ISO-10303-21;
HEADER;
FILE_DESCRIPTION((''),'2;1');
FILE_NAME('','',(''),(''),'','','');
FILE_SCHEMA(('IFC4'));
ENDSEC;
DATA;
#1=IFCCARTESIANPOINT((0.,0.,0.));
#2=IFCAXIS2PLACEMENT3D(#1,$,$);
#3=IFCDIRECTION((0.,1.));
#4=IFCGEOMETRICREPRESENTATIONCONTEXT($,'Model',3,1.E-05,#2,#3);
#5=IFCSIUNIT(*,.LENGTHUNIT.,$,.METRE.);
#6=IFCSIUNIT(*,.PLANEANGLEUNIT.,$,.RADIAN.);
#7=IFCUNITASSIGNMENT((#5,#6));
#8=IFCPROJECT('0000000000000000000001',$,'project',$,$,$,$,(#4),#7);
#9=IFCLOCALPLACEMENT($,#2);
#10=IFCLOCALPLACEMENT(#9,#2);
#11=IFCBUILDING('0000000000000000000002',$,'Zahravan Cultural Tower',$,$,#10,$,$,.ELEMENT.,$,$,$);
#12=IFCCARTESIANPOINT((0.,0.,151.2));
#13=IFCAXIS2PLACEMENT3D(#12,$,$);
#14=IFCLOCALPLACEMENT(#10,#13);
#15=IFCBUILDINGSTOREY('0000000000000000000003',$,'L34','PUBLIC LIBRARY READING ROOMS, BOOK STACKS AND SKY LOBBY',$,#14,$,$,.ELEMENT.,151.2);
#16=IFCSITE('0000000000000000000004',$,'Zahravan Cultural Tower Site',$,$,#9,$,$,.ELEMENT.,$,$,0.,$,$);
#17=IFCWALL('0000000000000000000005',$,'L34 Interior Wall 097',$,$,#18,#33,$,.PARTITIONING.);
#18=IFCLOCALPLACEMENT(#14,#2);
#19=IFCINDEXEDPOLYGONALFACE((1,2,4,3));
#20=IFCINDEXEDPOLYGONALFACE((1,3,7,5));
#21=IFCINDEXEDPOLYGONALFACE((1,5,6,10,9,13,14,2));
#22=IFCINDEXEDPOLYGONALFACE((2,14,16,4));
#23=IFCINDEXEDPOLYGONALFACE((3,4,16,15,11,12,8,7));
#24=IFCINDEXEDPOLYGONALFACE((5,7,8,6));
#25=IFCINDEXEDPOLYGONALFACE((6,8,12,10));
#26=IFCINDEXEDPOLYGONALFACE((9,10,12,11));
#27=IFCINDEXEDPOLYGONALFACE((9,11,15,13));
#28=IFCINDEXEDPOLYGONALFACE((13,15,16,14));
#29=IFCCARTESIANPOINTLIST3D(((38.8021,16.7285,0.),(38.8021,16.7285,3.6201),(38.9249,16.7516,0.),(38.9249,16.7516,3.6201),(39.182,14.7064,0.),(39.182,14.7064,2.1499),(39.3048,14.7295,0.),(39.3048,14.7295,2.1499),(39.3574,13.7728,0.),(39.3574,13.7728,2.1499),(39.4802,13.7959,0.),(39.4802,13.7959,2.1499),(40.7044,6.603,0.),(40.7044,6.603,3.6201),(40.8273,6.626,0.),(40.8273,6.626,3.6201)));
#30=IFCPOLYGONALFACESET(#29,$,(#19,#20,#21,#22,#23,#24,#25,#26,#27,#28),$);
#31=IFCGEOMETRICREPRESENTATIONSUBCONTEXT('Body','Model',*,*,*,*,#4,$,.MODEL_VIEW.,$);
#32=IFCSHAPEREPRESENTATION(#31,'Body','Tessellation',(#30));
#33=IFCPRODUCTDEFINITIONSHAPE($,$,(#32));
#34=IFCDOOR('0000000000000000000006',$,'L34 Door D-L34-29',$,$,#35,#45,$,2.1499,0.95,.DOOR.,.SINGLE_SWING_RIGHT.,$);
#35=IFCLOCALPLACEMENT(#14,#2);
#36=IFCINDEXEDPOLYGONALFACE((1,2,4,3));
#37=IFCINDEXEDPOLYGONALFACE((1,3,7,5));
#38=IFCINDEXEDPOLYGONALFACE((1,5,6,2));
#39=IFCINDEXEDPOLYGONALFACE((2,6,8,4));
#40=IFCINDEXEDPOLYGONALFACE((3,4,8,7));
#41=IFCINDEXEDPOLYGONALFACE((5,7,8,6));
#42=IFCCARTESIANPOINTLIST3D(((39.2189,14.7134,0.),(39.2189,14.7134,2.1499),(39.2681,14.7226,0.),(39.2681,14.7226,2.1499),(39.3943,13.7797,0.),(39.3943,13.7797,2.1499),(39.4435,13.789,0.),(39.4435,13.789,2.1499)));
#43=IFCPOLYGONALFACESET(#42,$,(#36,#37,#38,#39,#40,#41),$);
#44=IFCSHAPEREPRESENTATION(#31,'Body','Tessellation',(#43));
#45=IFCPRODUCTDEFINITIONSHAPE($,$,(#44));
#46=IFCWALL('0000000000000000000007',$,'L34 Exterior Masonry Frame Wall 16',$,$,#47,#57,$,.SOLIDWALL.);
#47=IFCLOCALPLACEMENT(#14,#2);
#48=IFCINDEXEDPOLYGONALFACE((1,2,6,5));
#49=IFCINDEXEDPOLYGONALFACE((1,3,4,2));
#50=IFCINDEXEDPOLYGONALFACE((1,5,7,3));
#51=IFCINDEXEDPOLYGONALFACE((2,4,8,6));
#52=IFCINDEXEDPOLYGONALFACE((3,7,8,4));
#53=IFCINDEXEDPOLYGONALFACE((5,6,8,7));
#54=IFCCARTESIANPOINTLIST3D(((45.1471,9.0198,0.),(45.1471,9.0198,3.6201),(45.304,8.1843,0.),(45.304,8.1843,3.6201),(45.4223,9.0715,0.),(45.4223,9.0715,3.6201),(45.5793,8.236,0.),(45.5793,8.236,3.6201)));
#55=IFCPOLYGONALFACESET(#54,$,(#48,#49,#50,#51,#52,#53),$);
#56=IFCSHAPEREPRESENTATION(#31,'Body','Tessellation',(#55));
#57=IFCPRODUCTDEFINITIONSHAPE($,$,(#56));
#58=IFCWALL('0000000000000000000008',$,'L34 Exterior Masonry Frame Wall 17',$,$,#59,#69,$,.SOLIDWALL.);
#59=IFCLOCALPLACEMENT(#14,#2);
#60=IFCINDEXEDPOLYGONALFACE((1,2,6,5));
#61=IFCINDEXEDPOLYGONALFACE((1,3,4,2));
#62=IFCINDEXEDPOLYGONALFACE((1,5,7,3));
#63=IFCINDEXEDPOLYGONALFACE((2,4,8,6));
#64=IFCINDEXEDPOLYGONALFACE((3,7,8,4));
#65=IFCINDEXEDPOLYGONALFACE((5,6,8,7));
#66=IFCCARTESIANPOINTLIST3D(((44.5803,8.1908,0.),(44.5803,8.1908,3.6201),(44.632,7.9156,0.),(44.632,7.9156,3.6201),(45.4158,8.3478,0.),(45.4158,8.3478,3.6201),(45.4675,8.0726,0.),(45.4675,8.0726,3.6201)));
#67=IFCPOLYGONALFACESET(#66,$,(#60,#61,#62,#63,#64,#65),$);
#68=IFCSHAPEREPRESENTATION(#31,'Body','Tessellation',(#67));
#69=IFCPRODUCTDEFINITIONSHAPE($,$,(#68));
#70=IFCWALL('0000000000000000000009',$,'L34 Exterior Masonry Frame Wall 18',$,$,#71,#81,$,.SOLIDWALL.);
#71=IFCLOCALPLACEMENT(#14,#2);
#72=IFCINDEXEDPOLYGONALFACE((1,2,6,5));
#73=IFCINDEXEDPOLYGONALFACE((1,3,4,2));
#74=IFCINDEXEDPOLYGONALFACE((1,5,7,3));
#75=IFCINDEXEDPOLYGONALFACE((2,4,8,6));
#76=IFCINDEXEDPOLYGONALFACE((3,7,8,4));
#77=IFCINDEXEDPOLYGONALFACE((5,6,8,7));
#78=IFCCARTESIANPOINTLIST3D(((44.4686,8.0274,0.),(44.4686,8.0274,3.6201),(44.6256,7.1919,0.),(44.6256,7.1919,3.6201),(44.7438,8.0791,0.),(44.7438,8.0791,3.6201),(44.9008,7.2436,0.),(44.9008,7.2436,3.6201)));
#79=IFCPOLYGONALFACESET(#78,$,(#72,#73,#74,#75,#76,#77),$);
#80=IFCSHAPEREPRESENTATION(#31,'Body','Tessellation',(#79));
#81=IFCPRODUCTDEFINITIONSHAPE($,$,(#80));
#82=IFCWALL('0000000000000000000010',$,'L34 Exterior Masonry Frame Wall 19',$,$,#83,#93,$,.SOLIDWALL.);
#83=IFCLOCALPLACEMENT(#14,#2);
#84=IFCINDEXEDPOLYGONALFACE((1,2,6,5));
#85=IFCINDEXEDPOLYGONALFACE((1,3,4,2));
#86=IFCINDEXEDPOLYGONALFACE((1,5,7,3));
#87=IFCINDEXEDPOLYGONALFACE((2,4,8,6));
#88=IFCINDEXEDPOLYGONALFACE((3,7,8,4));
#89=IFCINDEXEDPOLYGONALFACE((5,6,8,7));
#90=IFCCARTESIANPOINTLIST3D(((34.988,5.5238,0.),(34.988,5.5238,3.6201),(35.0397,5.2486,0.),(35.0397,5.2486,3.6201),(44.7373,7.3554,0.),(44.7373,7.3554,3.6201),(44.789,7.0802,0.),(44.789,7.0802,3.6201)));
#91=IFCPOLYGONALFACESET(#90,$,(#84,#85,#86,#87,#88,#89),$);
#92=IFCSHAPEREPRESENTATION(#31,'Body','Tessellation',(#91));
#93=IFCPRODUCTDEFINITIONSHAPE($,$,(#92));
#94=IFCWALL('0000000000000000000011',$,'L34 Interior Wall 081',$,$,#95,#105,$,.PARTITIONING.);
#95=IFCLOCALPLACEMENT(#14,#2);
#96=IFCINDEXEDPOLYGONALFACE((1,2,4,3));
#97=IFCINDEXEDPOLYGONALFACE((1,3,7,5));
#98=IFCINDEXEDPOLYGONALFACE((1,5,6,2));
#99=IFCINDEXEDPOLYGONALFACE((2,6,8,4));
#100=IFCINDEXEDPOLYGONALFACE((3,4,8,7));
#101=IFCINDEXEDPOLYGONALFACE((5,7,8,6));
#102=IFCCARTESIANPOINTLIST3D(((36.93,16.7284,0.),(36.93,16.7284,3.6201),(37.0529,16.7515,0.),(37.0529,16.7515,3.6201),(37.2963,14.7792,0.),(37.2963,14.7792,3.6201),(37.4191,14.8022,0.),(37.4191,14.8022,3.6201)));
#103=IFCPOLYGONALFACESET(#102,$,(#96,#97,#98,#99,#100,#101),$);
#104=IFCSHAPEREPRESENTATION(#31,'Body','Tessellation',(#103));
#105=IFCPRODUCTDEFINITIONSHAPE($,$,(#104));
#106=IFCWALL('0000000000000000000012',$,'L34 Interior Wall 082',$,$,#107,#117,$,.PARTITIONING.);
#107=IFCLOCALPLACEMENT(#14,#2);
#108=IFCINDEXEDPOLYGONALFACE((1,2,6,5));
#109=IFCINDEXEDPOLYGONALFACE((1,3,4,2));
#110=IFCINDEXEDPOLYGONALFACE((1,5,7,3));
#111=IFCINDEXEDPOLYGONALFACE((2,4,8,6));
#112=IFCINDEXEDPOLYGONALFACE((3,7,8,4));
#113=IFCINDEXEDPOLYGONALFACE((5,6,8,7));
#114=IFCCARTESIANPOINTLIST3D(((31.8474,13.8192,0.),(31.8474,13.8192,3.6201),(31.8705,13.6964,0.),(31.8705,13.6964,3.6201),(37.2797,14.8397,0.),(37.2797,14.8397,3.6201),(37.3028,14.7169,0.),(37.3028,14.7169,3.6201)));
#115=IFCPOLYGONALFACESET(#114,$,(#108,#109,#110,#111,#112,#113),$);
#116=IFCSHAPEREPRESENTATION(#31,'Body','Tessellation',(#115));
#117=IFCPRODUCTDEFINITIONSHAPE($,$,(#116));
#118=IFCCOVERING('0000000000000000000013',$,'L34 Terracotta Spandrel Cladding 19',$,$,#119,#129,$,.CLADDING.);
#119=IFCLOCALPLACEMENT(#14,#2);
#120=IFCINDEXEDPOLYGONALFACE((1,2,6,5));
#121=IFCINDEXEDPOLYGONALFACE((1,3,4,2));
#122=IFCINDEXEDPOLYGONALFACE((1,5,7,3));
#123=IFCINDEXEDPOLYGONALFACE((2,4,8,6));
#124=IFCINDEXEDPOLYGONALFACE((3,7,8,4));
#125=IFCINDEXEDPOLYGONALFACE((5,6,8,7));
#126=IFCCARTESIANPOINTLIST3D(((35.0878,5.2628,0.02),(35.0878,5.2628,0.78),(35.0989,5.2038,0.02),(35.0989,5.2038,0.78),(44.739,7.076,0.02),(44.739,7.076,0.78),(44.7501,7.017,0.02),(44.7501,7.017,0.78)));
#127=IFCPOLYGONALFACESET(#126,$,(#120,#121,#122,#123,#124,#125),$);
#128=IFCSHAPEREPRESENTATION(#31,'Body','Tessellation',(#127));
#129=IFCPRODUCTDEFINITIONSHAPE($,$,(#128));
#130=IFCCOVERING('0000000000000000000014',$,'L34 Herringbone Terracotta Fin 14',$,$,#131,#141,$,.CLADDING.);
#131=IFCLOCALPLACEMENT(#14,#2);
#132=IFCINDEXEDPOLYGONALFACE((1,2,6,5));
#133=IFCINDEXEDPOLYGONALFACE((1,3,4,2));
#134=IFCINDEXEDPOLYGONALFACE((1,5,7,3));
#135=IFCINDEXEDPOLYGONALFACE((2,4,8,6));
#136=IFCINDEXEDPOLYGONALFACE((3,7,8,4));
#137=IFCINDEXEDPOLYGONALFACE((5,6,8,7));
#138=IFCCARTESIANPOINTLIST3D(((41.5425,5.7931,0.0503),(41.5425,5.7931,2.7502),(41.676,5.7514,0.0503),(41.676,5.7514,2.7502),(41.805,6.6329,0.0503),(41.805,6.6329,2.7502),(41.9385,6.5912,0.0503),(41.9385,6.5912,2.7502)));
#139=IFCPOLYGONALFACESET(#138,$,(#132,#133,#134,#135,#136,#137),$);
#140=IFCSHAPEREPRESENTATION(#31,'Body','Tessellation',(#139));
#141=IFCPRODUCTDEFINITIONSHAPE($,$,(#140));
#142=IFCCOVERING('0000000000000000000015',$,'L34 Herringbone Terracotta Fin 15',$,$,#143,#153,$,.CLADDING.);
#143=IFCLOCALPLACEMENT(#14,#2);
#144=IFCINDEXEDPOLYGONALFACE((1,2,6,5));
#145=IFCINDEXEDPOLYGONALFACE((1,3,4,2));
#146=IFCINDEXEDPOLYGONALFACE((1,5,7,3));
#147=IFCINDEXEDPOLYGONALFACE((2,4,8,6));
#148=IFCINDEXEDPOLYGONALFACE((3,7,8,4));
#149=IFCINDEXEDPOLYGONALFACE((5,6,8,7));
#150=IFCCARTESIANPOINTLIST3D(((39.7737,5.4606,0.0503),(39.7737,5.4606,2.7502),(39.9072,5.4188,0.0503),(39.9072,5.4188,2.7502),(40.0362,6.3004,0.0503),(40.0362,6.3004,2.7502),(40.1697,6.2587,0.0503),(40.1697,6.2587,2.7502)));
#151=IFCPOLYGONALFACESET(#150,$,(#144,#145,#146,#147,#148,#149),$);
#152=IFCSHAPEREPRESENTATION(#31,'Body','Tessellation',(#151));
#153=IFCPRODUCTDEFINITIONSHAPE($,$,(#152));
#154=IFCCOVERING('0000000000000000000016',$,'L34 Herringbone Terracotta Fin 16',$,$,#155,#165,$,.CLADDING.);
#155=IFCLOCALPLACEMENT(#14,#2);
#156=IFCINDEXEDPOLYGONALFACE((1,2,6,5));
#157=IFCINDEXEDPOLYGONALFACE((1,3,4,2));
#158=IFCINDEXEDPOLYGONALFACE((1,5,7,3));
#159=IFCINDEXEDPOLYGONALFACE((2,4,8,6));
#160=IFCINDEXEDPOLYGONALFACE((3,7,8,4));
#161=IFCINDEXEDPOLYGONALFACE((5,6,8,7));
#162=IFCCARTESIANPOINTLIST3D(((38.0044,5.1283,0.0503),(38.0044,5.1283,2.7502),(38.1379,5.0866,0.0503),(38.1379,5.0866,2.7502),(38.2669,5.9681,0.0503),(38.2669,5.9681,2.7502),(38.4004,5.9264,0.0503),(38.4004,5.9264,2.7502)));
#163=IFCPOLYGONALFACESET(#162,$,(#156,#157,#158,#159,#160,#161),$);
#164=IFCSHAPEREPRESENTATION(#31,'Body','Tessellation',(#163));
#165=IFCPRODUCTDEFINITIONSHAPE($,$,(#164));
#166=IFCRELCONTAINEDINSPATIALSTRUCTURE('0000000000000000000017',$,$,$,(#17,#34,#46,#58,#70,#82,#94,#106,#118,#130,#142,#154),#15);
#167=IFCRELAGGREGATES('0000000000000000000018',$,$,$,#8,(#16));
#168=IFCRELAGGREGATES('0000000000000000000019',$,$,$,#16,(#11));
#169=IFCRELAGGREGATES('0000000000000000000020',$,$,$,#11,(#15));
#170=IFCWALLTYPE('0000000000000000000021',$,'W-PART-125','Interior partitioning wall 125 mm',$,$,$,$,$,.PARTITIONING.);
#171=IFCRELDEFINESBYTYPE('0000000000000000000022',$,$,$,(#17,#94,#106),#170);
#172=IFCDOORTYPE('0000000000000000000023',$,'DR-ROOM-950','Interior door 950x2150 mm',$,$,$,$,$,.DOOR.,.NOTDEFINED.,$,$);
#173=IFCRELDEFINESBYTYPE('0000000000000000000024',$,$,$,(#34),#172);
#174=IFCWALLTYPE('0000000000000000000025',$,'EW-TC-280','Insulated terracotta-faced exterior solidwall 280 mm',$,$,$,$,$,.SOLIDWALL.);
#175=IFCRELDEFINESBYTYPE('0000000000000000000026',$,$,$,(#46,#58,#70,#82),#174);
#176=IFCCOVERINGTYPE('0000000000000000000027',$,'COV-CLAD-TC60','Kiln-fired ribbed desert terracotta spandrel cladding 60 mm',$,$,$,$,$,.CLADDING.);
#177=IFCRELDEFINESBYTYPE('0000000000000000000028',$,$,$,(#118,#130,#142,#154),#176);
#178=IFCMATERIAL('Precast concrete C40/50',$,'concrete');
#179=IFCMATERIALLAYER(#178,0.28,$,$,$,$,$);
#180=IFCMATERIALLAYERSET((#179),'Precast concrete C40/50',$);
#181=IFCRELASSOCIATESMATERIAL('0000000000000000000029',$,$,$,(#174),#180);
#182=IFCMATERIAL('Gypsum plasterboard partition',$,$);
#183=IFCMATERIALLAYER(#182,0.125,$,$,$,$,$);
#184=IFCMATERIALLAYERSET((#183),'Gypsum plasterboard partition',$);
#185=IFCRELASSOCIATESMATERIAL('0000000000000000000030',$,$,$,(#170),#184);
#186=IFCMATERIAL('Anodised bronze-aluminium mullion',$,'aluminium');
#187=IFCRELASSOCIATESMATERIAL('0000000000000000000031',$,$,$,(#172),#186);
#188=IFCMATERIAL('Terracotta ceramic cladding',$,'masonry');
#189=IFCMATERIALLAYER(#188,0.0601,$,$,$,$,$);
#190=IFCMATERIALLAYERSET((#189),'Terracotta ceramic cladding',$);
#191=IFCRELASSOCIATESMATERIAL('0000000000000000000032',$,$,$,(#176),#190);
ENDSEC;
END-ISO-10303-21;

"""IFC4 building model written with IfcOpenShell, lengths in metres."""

from ifc_helpers import new_model, si_unit, direction, frame, frame_2d, origin, origin_2d, place, context, subcontext, project, spatial, rectangle, extrude, source, transform, mapped, material, layer, layer_set, type_object, element, fill, save


model = new_model("IFC4")

# Units and contexts
model_context = context("Model", 3, precision=1e-05, world=origin(), true_north=direction((0.0, 1.0)))
body_context = subcontext(model_context, "Body", "Model", "MODEL_VIEW")
ifc_project = project(units=[si_unit("LENGTHUNIT", "METRE"), si_unit("PLANEANGLEUNIT", "RADIAN")], contexts=[model_context])

# Site, building, storey
site_placement = place(None, origin())
site = spatial("IfcSite", under=ifc_project, at=site_placement, Name="Zahravan Cultural Tower Site", CompositionType="ELEMENT", RefElevation=0.0)
building_placement = place(site_placement, origin())
building = spatial("IfcBuilding", under=site, at=building_placement, Name="Zahravan Cultural Tower", CompositionType="ELEMENT")
storey_placement = place(building_placement, frame((0.0, 0.0, 151.2)))
storey = spatial("IfcBuildingStorey", under=building, at=storey_placement, Name="L34", Description="PUBLIC LIBRARY READING ROOMS, BOOK STACKS AND SKY LOBBY", CompositionType="ELEMENT", Elevation=151.2)

# Shared definitions
ifc_material_1 = material(Name="Precast concrete C40/50", Category="concrete")
ifc_layer_1 = layer(ifc_material_1, 0.28)
ifc_layer_set_1 = layer_set([ifc_layer_1], Name="Precast concrete C40/50")
wall_type_1 = type_object("IfcWallType", Name="EW-TC-280", Description="Insulated terracotta-faced exterior solidwall 280 mm", PredefinedType="SOLIDWALL", material=ifc_layer_set_1)

# Wall, opening, door
ifc_material_2 = material(Name="Gypsum plasterboard partition")
ifc_layer_2 = layer(ifc_material_2, 0.125)
ifc_layer_set_2 = layer_set([ifc_layer_2], Name="Gypsum plasterboard partition")
wall_type_2 = type_object("IfcWallType", Name="W-PART-125", Description="Interior partitioning wall 125 mm", PredefinedType="PARTITIONING", material=ifc_layer_set_2)
ifc_material_3 = material(Name="Anodised bronze-aluminium mullion", Category="aluminium")
door_type = type_object("IfcDoorType", Name="DR-ROOM-950", Description="Interior door 950x2150 mm", OperationType="NOTDEFINED", PredefinedType="DOOR", material=ifc_material_3)
shared_shape_1 = source(origin(), body_context, "Body", "SweptSolid", [
    extrude(rectangle(XDim=0.95, YDim=2.1499, at=frame_2d((0.4751, 1.075))), frame((0.0, 0.0249, 0.0), z_axis=(0.0, -1.0, 0.0), x_axis=(1.0, 0.0, 0.0)), (0.0, 0.0, 1.0), 0.05),
])
wall_1_placement = place(storey_placement, frame((40.7659, 6.6145, 0.0), z_axis=(0.0, 0.0, 1.0), x_axis=(-0.184646, 0.982805, 0.0)))
wall_1 = element("IfcWall", 1, at=wall_1_placement, inside=storey, type_object=wall_type_2, Name="L34 Interior Wall 097", PredefinedType="PARTITIONING", context=body_context, shape_type="SweptSolid", body=[
    extrude(rectangle(XDim=10.3027, YDim=0.125, at=frame_2d((5.1514, 0.0))), origin(), (0.0, 0.0, 1.0), 3.6201),
])
opening_1_placement = place(wall_1_placement, frame((7.2952, 0.0, 0.0)))
opening_1 = element("IfcOpeningElement", 2, at=opening_1_placement, cuts=wall_1, PredefinedType="OPENING", context=body_context, shape_type="SweptSolid", body=[
    extrude(rectangle(XDim=0.95, YDim=2.1499, at=frame_2d((0.4751, 1.075))), frame((0.0, 0.0725, 0.0), z_axis=(0.0, -1.0, 0.0), x_axis=(1.0, 0.0, 0.0)), (0.0, 0.0, 1.0), 0.145),
])
door_1_placement = place(opening_1_placement, origin())
door_1 = element("IfcDoor", 3, at=door_1_placement, inside=storey, type_object=door_type, Name="L34 Door D-L34-29", OperationType="SINGLE_SWING_RIGHT", OverallHeight=2.1499, OverallWidth=0.95, PredefinedType="DOOR", context=body_context, shape_type="MappedRepresentation", body=[
    mapped(shared_shape_1, transform((0.0, 0.0, 0.0), x_axis=(1.0, 0.0, 0.0), y_axis=(0.0, 1.0, 0.0), z_axis=(0.0, 0.0, 1.0), scale=1.0)),
])
fill(opening_1, door_1)

# Walls
shared_shape_2 = source(origin(), body_context, "Body", "SweptSolid", [
    extrude(rectangle(XDim=0.8501, YDim=0.28, at=frame_2d((0.425, 0.0))), origin(), (0.0, 0.0, 1.0), 3.6201),
])
for number, where, z_axis, x_axis, name in (
    (4, (45.2847, 9.0457, 0.0), (0.0, 0.0, 1.0), (0.18467, -0.982801, 0.0), "L34 Exterior Masonry Frame Wall 16"),
    (5, (45.4417, 8.2102, 0.0), (0.0, 0.0, 1.0), (-0.982801, -0.18467, 0.0), "L34 Exterior Masonry Frame Wall 17"),
    (6, (44.6062, 8.0532, 0.0), (0.0, 0.0, 1.0), (0.18467, -0.982801, 0.0), "L34 Exterior Masonry Frame Wall 18"),
):
    element("IfcWall", number, at=place(storey_placement, frame(where, z_axis=z_axis, x_axis=x_axis)), inside=storey, type_object=wall_type_1, Name=name, PredefinedType="SOLIDWALL", context=body_context, shape_type="MappedRepresentation", body=[
        mapped(shared_shape_2, transform((0.0, 0.0, 0.0), x_axis=(1.0, 0.0, 0.0), y_axis=(0.0, 1.0, 0.0), z_axis=(0.0, 0.0, 1.0), scale=1.0)),
    ])
shared_shape_3 = source(origin(), body_context, "Body", "SweptSolid", [
    extrude(rectangle(XDim=9.9199, YDim=0.28, at=frame_2d((4.96, 0.0))), origin(), (0.0, 0.0, 1.0), 3.6201),
])
wall_2_placement = place(storey_placement, frame((44.7632, 7.2178, 0.0), z_axis=(0.0, 0.0, 1.0), x_axis=(-0.982807, -0.184635, 0.0)))
element("IfcWall", 7, at=wall_2_placement, inside=storey, type_object=wall_type_1, Name="L34 Exterior Masonry Frame Wall 19", PredefinedType="SOLIDWALL", context=body_context, shape_type="MappedRepresentation", body=[
    mapped(shared_shape_3, transform((0.0, 0.0, 0.0), x_axis=(1.0, 0.0, 0.0), y_axis=(0.0, 1.0, 0.0), z_axis=(0.0, 0.0, 1.0), scale=1.0)),
])
shared_shape_4 = source(origin(), body_context, "Body", "SweptSolid", [
    extrude(rectangle(XDim=1.9834, YDim=0.125, at=frame_2d((0.9917, 0.0))), origin(), (0.0, 0.0, 1.0), 3.6201),
])
wall_3_placement = place(storey_placement, frame((36.9915, 16.74, 0.0), z_axis=(0.0, 0.0, 1.0), x_axis=(0.184645, -0.982805, 0.0)))
element("IfcWall", 8, at=wall_3_placement, inside=storey, type_object=wall_type_2, Name="L34 Interior Wall 081", PredefinedType="PARTITIONING", context=body_context, shape_type="MappedRepresentation", body=[
    mapped(shared_shape_4, transform((0.0, 0.0, 0.0), x_axis=(1.0, 0.0, 0.0), y_axis=(0.0, 1.0, 0.0), z_axis=(0.0, 0.0, 1.0), scale=1.0)),
])
shared_shape_5 = source(origin(), body_context, "Body", "SweptSolid", [
    extrude(rectangle(XDim=5.5273, YDim=0.125, at=frame_2d((2.7637, 0.0))), origin(), (0.0, 0.0, 1.0), 3.6201),
])
wall_4_placement = place(storey_placement, frame((37.2913, 14.7783, 0.0), z_axis=(0.0, 0.0, 1.0), x_axis=(-0.982809, -0.184627, 0.0)))
element("IfcWall", 9, at=wall_4_placement, inside=storey, type_object=wall_type_2, Name="L34 Interior Wall 082", PredefinedType="PARTITIONING", context=body_context, shape_type="MappedRepresentation", body=[
    mapped(shared_shape_5, transform((0.0, 0.0, 0.0), x_axis=(1.0, 0.0, 0.0), y_axis=(0.0, 1.0, 0.0), z_axis=(0.0, 0.0, 1.0), scale=1.0)),
])

# Coverings
ifc_material_4 = material(Name="Terracotta ceramic cladding", Category="masonry")
ifc_layer_3 = layer(ifc_material_4, 0.0601)
ifc_layer_set_3 = layer_set([ifc_layer_3], Name="Terracotta ceramic cladding")
covering_type = type_object("IfcCoveringType", Name="COV-CLAD-TC60", Description="Kiln-fired ribbed desert terracotta spandrel cladding 60 mm", PredefinedType="CLADDING", material=ifc_layer_set_3)
shared_shape_6 = source(origin(), body_context, "Body", "SweptSolid", [
    extrude(rectangle(XDim=9.8201, YDim=0.0601, at=origin_2d()), origin(), (0.0, 0.0, 1.0), 0.76),
])
covering_placement = place(storey_placement, frame((39.9189, 6.1399, 0.02), z_axis=(0.0, 0.0, 1.0), x_axis=(-0.982807, -0.184638, 0.0)))
element("IfcCovering", 10, at=covering_placement, inside=storey, type_object=covering_type, Name="L34 Terracotta Spandrel Cladding 19", PredefinedType="CLADDING", context=body_context, shape_type="MappedRepresentation", body=[
    mapped(shared_shape_6, transform((0.0, 0.0, 0.0), x_axis=(1.0, 0.0, 0.0), y_axis=(0.0, 1.0, 0.0), z_axis=(0.0, 0.0, 1.0), scale=1.0)),
])
shared_shape_7 = source(origin(), body_context, "Body", "SweptSolid", [
    extrude(rectangle(XDim=0.8799, YDim=0.1399, at=origin_2d()), origin(), (0.0, 0.0, 1.0), 2.7),
])
for number, where, z_axis, x_axis, name in (
    (11, (41.7405, 6.1921, 0.0503), (0.0, 0.0, 1.0), (-0.298375, -0.954449, 0.0), "L34 Herringbone Terracotta Fin 14"),
    (12, (39.9717, 5.8596, 0.0503), (0.0, 0.0, 1.0), (-0.298375, -0.954449, 0.0), "L34 Herringbone Terracotta Fin 15"),
    (13, (38.2024, 5.5273, 0.0503), (0.0, 0.0, 1.0), (-0.298375, -0.954449, 0.0), "L34 Herringbone Terracotta Fin 16"),
):
    element("IfcCovering", number, at=place(storey_placement, frame(where, z_axis=z_axis, x_axis=x_axis)), inside=storey, type_object=covering_type, Name=name, PredefinedType="CLADDING", context=body_context, shape_type="MappedRepresentation", body=[
        mapped(shared_shape_7, transform((0.0, 0.0, 0.0), x_axis=(1.0, 0.0, 0.0), y_axis=(0.0, 1.0, 0.0), z_axis=(0.0, 0.0, 1.0), scale=1.0)),
    ])

save(model, "model.ifc")
